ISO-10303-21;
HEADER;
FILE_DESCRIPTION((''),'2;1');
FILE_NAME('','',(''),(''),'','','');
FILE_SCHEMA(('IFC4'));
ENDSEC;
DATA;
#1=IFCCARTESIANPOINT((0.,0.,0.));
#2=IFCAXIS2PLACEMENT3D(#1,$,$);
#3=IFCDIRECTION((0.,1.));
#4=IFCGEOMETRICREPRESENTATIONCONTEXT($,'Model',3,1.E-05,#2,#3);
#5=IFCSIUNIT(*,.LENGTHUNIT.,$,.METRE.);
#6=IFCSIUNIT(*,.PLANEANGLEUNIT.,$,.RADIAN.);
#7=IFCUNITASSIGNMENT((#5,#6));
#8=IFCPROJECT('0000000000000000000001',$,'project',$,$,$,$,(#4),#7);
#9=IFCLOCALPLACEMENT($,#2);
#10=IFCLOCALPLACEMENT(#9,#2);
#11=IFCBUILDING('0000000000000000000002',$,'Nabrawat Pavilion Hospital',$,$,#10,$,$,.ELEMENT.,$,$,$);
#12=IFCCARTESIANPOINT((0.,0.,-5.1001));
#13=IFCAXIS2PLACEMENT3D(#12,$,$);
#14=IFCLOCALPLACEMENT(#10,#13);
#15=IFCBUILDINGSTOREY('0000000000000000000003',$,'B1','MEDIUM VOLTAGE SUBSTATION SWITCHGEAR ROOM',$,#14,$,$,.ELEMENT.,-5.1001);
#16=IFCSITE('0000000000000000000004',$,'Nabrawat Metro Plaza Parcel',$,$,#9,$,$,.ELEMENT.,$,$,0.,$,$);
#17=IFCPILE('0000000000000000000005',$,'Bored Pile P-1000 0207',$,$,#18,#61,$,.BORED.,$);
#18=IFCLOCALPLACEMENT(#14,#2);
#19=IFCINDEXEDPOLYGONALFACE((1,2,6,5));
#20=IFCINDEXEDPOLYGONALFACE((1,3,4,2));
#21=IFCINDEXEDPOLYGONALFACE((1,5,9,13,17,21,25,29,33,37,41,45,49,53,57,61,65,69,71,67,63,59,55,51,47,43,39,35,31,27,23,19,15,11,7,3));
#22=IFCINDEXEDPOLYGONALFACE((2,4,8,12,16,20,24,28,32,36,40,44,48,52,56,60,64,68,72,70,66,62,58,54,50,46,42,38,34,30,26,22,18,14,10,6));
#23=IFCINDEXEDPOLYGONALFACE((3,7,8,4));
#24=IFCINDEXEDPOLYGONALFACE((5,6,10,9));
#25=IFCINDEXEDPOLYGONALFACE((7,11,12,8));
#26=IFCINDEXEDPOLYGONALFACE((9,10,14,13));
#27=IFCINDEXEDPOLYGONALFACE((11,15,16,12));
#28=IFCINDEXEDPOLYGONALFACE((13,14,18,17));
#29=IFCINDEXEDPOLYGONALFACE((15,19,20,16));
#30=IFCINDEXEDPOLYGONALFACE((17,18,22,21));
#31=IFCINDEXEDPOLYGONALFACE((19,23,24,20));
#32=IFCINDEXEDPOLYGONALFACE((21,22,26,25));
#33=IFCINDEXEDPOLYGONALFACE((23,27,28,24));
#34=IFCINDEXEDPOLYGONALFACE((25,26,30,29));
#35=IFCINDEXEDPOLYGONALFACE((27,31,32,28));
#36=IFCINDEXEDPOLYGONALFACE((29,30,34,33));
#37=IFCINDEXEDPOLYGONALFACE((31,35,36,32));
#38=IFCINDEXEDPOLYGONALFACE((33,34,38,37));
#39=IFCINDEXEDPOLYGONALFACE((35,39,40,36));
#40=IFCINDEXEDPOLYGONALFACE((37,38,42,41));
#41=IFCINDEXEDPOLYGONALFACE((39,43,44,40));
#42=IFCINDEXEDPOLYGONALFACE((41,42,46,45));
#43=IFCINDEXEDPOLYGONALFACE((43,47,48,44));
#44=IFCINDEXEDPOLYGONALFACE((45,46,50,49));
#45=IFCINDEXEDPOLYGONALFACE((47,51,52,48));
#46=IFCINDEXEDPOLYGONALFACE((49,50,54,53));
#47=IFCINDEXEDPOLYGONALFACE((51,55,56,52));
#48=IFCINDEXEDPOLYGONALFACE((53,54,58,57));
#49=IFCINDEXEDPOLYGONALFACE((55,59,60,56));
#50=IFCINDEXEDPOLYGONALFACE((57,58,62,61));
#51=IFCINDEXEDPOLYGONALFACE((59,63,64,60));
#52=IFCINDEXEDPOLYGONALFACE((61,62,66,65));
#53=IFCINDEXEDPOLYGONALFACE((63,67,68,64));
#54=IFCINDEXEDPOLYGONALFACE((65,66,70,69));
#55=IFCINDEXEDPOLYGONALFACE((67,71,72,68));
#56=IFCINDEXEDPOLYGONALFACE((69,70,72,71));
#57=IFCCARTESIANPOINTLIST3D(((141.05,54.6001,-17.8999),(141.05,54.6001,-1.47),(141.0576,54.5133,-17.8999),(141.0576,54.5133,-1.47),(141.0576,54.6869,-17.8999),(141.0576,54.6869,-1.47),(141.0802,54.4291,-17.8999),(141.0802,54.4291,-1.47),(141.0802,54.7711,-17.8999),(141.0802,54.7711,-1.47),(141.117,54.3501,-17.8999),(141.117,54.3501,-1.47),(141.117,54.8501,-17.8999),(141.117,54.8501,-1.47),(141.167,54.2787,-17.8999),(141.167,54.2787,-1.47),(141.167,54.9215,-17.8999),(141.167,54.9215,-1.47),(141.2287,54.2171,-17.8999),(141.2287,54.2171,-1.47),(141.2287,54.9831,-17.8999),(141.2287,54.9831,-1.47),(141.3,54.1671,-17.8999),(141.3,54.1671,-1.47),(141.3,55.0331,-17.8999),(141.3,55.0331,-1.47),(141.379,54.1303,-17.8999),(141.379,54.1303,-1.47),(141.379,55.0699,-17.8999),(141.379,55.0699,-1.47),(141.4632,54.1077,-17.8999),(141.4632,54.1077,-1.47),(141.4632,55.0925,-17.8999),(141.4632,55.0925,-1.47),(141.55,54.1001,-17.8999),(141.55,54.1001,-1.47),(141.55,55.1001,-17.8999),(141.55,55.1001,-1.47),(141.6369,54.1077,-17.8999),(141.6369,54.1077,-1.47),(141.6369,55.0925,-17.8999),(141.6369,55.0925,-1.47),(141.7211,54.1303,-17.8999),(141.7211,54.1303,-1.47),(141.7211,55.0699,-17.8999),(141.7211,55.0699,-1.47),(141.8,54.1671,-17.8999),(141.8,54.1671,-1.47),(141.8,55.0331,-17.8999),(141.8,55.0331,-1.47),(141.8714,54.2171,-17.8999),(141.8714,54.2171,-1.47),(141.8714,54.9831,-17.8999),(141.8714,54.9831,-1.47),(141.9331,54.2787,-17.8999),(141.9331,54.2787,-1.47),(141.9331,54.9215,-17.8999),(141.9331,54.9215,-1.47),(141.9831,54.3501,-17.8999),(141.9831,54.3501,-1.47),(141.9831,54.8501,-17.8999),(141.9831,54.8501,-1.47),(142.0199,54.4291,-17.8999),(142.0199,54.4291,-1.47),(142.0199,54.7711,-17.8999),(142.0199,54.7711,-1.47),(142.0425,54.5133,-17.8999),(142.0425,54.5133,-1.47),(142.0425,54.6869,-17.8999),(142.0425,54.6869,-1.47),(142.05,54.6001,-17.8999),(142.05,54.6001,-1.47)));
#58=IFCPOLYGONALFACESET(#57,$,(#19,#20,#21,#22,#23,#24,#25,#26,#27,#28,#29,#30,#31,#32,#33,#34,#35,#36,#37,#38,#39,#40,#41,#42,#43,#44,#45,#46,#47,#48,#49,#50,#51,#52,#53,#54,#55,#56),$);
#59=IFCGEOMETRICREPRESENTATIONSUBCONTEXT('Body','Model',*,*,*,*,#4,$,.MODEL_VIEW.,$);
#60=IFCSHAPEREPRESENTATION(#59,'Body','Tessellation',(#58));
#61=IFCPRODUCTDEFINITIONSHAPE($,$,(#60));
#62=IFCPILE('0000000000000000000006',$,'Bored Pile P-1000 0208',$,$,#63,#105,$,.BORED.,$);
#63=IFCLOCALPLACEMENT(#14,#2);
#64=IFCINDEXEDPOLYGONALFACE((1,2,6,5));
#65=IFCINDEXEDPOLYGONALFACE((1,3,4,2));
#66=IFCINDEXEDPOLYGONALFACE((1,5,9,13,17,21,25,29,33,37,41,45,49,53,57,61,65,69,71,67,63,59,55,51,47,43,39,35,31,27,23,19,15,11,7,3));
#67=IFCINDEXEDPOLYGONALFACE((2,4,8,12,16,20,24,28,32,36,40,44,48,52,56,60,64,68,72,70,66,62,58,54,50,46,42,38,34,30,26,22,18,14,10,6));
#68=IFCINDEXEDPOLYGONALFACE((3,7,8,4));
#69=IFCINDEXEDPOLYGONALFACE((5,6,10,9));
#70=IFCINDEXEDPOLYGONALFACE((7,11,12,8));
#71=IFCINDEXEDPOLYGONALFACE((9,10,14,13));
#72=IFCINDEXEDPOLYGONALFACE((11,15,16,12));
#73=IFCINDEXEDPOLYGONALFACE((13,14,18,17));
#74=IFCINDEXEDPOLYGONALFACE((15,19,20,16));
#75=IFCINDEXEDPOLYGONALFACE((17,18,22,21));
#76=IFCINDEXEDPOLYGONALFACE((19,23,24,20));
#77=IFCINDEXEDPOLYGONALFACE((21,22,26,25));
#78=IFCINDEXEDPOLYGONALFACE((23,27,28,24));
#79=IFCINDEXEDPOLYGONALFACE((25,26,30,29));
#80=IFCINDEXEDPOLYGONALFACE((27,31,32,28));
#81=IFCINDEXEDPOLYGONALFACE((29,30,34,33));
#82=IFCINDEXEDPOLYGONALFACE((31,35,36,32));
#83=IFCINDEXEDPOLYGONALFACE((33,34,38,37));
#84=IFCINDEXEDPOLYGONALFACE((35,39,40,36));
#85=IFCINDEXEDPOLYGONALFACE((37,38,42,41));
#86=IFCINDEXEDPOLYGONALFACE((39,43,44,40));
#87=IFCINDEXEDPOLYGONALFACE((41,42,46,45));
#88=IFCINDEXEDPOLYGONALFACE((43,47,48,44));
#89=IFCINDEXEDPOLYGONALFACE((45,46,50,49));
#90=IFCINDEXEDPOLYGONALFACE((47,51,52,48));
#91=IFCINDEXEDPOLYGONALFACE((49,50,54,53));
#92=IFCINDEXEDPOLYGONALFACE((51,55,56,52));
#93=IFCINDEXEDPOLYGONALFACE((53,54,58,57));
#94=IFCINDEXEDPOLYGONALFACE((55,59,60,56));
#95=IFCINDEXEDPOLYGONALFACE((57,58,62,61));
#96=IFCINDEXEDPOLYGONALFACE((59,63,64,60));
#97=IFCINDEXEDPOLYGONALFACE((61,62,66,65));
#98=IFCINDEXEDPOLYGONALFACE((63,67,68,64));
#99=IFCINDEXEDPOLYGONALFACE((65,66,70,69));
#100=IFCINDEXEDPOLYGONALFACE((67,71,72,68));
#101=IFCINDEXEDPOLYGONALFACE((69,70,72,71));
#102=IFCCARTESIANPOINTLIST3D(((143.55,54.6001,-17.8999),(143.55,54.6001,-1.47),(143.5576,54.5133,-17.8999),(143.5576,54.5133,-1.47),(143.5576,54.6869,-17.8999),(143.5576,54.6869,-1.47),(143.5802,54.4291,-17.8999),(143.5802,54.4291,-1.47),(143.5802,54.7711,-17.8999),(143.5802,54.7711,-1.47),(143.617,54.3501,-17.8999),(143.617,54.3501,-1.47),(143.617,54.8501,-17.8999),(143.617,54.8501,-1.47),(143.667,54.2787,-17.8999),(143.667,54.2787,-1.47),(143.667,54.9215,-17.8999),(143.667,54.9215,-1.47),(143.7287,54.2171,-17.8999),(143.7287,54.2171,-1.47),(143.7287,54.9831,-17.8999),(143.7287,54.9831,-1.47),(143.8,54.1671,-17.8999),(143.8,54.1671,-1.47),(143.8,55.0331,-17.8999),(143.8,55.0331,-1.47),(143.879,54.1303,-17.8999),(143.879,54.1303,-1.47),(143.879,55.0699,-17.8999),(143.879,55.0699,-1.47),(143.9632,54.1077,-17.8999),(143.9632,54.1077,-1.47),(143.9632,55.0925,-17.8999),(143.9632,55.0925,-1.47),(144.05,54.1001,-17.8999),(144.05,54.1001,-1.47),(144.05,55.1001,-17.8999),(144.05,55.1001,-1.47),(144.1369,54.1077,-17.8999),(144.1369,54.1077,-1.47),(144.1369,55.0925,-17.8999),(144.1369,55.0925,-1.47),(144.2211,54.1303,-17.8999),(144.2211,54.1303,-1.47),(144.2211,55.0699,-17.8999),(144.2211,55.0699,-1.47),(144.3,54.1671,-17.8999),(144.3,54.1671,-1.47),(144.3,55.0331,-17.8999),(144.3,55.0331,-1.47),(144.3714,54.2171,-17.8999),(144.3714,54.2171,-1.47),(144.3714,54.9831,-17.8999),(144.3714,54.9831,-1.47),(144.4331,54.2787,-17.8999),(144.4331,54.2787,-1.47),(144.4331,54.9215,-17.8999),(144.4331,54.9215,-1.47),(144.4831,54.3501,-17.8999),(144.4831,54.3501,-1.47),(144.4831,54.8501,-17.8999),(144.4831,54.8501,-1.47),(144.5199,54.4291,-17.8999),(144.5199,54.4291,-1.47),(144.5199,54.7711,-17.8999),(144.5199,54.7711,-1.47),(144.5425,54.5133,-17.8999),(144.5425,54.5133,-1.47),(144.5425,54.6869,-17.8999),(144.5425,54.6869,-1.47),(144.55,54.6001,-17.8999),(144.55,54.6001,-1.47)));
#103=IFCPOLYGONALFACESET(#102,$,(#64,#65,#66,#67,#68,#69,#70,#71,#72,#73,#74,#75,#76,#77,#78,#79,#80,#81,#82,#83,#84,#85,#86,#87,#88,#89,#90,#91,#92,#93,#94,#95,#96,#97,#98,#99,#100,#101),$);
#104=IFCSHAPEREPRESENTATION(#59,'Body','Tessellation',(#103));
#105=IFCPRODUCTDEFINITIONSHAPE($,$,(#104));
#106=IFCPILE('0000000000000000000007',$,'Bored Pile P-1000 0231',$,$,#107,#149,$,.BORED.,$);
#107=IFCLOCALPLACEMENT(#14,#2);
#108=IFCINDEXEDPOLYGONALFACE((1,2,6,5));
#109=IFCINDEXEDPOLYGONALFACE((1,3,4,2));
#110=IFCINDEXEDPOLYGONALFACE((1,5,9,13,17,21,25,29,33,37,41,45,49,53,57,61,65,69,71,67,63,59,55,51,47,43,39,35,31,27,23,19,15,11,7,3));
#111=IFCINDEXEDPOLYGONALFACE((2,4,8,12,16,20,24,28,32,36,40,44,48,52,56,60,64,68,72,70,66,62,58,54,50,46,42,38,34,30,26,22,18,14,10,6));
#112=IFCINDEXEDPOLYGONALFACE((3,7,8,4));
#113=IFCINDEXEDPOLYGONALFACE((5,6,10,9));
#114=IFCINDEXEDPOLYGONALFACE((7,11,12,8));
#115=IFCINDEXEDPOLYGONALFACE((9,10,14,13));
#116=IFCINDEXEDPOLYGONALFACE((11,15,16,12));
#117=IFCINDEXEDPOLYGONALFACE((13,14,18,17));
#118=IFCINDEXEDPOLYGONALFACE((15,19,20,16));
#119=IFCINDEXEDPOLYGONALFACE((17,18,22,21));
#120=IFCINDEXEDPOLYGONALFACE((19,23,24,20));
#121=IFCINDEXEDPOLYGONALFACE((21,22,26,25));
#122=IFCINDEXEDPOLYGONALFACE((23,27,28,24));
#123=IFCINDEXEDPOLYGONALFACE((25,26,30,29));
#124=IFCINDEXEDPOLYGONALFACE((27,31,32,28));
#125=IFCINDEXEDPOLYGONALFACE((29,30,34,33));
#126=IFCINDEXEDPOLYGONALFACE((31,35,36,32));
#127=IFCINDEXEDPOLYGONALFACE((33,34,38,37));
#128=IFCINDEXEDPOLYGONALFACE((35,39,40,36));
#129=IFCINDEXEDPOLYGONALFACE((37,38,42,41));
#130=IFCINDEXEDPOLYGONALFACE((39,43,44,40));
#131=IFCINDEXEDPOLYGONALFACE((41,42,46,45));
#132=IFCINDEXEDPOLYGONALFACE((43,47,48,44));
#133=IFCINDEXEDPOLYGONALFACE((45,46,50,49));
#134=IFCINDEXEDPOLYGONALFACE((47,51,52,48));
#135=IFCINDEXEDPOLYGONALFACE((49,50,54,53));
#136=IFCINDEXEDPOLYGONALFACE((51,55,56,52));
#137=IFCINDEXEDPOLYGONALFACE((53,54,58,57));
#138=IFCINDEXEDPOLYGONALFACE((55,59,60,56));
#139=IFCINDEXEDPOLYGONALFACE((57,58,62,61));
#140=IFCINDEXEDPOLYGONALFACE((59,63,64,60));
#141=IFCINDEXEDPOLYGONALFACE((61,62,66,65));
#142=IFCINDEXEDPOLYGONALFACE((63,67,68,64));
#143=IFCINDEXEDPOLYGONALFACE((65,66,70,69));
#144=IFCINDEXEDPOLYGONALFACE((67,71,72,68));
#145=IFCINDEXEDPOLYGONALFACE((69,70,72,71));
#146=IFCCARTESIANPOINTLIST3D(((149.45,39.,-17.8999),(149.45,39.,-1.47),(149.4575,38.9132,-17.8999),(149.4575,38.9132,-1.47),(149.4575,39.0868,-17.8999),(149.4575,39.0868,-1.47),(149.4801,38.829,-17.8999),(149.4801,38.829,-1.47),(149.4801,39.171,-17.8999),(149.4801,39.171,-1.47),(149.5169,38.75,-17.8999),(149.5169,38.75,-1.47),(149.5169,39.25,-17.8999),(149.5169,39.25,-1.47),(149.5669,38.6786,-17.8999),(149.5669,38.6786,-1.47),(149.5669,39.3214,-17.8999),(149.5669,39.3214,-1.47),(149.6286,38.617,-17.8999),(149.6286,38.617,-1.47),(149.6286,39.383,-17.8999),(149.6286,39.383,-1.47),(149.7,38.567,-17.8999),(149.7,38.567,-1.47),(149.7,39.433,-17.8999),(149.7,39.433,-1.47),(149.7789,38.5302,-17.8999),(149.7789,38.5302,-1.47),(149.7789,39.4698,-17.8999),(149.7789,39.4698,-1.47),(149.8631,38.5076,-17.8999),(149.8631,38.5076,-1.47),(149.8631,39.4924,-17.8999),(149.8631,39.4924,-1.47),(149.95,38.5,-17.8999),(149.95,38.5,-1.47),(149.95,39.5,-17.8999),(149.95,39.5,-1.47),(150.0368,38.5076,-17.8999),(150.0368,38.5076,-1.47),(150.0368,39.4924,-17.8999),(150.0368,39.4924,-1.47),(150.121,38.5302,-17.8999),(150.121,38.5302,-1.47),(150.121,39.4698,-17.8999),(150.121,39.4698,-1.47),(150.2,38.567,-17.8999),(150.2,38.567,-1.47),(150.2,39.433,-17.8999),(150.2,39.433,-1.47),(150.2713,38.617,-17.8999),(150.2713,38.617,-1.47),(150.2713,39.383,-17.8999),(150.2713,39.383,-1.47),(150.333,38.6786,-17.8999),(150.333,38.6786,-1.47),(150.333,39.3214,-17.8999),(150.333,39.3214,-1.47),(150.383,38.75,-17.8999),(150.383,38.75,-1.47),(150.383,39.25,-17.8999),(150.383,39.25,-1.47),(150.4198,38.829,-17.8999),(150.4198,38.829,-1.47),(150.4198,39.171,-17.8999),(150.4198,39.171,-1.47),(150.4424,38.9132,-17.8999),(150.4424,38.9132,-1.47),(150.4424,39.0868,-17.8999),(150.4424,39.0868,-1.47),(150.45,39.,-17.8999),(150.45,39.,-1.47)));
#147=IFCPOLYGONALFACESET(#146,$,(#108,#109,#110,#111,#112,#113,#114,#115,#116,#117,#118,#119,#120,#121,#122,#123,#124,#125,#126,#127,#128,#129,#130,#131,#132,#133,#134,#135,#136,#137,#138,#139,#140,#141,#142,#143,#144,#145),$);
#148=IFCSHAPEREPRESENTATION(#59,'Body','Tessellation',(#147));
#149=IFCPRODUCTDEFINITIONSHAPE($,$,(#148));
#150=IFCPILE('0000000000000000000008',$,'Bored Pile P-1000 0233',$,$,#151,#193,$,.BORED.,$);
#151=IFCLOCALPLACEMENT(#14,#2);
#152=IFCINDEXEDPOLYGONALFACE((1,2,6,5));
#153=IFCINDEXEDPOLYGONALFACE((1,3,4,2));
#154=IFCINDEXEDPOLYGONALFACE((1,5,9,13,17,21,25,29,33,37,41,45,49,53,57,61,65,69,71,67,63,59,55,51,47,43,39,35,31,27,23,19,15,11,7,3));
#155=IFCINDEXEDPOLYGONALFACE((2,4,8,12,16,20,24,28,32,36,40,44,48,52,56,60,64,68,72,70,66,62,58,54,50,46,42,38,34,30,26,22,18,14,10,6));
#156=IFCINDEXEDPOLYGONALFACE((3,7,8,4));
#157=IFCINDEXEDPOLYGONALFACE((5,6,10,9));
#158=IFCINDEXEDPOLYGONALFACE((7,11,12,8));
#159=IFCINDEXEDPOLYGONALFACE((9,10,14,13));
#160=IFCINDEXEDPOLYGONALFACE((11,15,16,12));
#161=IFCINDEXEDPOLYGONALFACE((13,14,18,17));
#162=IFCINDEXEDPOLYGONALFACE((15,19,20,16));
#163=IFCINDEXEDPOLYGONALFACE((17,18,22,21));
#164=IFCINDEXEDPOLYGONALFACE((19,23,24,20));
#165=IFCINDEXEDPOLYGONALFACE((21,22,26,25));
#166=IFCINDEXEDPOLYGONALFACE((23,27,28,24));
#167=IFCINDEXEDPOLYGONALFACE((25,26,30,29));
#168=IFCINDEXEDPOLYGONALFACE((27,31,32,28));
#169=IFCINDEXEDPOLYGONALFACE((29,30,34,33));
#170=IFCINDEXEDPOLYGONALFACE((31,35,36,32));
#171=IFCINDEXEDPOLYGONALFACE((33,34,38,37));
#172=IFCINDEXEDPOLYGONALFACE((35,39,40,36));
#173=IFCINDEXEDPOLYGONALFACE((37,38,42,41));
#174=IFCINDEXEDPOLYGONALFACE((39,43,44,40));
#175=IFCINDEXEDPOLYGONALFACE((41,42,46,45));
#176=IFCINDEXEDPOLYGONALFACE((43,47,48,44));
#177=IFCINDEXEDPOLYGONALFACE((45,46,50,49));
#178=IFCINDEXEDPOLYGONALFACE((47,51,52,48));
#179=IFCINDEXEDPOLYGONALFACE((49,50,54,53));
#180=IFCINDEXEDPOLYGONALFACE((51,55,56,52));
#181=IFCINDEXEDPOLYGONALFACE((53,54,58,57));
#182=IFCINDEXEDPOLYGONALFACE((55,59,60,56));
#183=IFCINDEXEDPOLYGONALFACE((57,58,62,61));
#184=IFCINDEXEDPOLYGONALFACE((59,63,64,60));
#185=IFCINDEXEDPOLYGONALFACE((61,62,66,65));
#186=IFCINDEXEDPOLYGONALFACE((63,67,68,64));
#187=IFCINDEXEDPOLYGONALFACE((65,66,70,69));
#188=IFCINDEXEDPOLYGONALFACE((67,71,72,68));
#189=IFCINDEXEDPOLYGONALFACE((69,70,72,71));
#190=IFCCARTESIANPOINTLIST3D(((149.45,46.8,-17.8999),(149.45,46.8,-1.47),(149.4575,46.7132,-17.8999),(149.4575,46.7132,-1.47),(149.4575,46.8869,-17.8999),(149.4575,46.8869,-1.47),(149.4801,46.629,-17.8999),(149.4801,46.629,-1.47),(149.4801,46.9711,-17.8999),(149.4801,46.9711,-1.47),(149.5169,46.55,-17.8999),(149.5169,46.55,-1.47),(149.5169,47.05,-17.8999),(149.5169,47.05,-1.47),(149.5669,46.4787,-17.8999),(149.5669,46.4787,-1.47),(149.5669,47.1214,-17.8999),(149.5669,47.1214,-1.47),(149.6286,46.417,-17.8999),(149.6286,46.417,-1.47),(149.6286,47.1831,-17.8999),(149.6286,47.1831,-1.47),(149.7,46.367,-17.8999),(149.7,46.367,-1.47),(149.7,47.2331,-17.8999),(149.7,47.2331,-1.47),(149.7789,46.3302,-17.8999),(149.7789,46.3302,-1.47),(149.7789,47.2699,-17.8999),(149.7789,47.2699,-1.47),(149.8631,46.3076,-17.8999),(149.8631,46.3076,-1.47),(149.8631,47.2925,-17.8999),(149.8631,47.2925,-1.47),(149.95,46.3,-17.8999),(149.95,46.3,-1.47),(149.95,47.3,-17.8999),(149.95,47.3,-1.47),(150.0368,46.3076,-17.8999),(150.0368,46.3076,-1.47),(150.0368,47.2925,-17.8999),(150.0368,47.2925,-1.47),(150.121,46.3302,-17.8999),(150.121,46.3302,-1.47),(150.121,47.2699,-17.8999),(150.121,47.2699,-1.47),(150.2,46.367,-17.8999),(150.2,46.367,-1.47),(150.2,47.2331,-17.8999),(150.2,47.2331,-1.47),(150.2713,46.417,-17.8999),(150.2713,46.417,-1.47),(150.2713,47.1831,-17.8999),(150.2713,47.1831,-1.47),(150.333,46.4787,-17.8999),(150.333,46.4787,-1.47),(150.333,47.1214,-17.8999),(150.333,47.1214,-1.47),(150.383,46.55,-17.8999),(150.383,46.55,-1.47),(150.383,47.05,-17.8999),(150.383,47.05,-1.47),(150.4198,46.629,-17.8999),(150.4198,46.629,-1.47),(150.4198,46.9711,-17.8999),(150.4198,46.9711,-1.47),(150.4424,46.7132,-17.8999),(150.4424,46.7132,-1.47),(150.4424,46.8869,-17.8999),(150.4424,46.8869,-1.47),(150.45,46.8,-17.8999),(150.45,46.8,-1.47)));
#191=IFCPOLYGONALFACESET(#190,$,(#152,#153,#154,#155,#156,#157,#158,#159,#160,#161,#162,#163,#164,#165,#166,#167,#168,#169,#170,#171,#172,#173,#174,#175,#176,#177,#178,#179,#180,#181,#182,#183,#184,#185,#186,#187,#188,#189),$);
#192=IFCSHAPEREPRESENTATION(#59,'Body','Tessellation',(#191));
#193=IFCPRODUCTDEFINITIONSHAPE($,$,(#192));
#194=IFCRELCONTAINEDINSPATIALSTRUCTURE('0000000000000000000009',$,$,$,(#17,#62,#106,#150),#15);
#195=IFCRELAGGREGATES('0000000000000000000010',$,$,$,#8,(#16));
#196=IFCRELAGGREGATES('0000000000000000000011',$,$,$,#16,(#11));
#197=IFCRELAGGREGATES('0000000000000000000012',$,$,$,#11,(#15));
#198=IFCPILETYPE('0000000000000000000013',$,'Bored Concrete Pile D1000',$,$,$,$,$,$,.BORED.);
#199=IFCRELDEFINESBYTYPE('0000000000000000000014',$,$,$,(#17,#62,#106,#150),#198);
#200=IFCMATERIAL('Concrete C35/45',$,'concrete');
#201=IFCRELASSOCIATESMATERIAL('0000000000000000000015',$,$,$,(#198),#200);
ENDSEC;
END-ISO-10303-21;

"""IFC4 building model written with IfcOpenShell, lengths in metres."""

from ifc_helpers import new_model, si_unit, direction, frame, origin, origin_2d, place, context, subcontext, project, spatial, circle, extrude, material, material_profile, profile_set, type_object, element, save


model = new_model("IFC4")

# Units and contexts
model_context = context("Model", 3, precision=1e-05, world=origin(), true_north=direction((0.0, 1.0)))
body_context = subcontext(model_context, "Body", "Model", "MODEL_VIEW")
ifc_project = project(units=[si_unit("LENGTHUNIT", "METRE"), si_unit("PLANEANGLEUNIT", "RADIAN")], contexts=[model_context])

# Site, building, storey
site_placement = place(None, origin())
site = spatial("IfcSite", under=ifc_project, at=site_placement, Name="Nabrawat Metro Plaza Parcel", CompositionType="ELEMENT", RefElevation=0.0)
building_placement = place(site_placement, origin())
building = spatial("IfcBuilding", under=site, at=building_placement, Name="Nabrawat Pavilion Hospital", CompositionType="ELEMENT")
storey_placement = place(building_placement, frame((0.0, 0.0, -5.1001)))
storey = spatial("IfcBuildingStorey", under=building, at=storey_placement, Name="B1", Description="MEDIUM VOLTAGE SUBSTATION SWITCHGEAR ROOM", CompositionType="ELEMENT", Elevation=-5.1001)

# Piles
ifc_material_1 = material(Name="Concrete C35/45", Category="concrete")
ifc_material_profile_1 = material_profile(ifc_material_1, circle(Radius=0.5, at=origin_2d()), Name="DIA 1000")
ifc_profile_set_1 = profile_set([ifc_material_profile_1], Name="Concrete C35/45")
pile_type_1 = type_object("IfcPileType", Name="Bored Concrete Pile D1000", PredefinedType="BORED", material=ifc_profile_set_1)
for number, where, z_axis, x_axis, name in (
    (1, (141.55, 54.6001, -1.47), (0.0, 0.0, -1.0), (1.0, 0.0, 0.0), "Bored Pile P-1000 0207"),
    (2, (144.05, 54.6001, -1.47), (0.0, 0.0, -1.0), (1.0, 0.0, 0.0), "Bored Pile P-1000 0208"),
    (3, (149.95, 39.0, -1.47), (0.0, 0.0, -1.0), (1.0, 0.0, 0.0), "Bored Pile P-1000 0231"),
    (4, (149.95, 46.8, -1.47), (0.0, 0.0, -1.0), (1.0, 0.0, 0.0), "Bored Pile P-1000 0233"),
):
    element("IfcPile", number, at=place(storey_placement, frame(where, z_axis=z_axis, x_axis=x_axis)), inside=storey, type_object=pile_type_1, Name=name, PredefinedType="BORED", context=body_context, shape_type="SweptSolid", body=[
        extrude(circle(Radius=0.5, at=origin_2d()), origin(), (0.0, 0.0, 1.0), 16.4299),
    ])

save(model, "model.ifc")
